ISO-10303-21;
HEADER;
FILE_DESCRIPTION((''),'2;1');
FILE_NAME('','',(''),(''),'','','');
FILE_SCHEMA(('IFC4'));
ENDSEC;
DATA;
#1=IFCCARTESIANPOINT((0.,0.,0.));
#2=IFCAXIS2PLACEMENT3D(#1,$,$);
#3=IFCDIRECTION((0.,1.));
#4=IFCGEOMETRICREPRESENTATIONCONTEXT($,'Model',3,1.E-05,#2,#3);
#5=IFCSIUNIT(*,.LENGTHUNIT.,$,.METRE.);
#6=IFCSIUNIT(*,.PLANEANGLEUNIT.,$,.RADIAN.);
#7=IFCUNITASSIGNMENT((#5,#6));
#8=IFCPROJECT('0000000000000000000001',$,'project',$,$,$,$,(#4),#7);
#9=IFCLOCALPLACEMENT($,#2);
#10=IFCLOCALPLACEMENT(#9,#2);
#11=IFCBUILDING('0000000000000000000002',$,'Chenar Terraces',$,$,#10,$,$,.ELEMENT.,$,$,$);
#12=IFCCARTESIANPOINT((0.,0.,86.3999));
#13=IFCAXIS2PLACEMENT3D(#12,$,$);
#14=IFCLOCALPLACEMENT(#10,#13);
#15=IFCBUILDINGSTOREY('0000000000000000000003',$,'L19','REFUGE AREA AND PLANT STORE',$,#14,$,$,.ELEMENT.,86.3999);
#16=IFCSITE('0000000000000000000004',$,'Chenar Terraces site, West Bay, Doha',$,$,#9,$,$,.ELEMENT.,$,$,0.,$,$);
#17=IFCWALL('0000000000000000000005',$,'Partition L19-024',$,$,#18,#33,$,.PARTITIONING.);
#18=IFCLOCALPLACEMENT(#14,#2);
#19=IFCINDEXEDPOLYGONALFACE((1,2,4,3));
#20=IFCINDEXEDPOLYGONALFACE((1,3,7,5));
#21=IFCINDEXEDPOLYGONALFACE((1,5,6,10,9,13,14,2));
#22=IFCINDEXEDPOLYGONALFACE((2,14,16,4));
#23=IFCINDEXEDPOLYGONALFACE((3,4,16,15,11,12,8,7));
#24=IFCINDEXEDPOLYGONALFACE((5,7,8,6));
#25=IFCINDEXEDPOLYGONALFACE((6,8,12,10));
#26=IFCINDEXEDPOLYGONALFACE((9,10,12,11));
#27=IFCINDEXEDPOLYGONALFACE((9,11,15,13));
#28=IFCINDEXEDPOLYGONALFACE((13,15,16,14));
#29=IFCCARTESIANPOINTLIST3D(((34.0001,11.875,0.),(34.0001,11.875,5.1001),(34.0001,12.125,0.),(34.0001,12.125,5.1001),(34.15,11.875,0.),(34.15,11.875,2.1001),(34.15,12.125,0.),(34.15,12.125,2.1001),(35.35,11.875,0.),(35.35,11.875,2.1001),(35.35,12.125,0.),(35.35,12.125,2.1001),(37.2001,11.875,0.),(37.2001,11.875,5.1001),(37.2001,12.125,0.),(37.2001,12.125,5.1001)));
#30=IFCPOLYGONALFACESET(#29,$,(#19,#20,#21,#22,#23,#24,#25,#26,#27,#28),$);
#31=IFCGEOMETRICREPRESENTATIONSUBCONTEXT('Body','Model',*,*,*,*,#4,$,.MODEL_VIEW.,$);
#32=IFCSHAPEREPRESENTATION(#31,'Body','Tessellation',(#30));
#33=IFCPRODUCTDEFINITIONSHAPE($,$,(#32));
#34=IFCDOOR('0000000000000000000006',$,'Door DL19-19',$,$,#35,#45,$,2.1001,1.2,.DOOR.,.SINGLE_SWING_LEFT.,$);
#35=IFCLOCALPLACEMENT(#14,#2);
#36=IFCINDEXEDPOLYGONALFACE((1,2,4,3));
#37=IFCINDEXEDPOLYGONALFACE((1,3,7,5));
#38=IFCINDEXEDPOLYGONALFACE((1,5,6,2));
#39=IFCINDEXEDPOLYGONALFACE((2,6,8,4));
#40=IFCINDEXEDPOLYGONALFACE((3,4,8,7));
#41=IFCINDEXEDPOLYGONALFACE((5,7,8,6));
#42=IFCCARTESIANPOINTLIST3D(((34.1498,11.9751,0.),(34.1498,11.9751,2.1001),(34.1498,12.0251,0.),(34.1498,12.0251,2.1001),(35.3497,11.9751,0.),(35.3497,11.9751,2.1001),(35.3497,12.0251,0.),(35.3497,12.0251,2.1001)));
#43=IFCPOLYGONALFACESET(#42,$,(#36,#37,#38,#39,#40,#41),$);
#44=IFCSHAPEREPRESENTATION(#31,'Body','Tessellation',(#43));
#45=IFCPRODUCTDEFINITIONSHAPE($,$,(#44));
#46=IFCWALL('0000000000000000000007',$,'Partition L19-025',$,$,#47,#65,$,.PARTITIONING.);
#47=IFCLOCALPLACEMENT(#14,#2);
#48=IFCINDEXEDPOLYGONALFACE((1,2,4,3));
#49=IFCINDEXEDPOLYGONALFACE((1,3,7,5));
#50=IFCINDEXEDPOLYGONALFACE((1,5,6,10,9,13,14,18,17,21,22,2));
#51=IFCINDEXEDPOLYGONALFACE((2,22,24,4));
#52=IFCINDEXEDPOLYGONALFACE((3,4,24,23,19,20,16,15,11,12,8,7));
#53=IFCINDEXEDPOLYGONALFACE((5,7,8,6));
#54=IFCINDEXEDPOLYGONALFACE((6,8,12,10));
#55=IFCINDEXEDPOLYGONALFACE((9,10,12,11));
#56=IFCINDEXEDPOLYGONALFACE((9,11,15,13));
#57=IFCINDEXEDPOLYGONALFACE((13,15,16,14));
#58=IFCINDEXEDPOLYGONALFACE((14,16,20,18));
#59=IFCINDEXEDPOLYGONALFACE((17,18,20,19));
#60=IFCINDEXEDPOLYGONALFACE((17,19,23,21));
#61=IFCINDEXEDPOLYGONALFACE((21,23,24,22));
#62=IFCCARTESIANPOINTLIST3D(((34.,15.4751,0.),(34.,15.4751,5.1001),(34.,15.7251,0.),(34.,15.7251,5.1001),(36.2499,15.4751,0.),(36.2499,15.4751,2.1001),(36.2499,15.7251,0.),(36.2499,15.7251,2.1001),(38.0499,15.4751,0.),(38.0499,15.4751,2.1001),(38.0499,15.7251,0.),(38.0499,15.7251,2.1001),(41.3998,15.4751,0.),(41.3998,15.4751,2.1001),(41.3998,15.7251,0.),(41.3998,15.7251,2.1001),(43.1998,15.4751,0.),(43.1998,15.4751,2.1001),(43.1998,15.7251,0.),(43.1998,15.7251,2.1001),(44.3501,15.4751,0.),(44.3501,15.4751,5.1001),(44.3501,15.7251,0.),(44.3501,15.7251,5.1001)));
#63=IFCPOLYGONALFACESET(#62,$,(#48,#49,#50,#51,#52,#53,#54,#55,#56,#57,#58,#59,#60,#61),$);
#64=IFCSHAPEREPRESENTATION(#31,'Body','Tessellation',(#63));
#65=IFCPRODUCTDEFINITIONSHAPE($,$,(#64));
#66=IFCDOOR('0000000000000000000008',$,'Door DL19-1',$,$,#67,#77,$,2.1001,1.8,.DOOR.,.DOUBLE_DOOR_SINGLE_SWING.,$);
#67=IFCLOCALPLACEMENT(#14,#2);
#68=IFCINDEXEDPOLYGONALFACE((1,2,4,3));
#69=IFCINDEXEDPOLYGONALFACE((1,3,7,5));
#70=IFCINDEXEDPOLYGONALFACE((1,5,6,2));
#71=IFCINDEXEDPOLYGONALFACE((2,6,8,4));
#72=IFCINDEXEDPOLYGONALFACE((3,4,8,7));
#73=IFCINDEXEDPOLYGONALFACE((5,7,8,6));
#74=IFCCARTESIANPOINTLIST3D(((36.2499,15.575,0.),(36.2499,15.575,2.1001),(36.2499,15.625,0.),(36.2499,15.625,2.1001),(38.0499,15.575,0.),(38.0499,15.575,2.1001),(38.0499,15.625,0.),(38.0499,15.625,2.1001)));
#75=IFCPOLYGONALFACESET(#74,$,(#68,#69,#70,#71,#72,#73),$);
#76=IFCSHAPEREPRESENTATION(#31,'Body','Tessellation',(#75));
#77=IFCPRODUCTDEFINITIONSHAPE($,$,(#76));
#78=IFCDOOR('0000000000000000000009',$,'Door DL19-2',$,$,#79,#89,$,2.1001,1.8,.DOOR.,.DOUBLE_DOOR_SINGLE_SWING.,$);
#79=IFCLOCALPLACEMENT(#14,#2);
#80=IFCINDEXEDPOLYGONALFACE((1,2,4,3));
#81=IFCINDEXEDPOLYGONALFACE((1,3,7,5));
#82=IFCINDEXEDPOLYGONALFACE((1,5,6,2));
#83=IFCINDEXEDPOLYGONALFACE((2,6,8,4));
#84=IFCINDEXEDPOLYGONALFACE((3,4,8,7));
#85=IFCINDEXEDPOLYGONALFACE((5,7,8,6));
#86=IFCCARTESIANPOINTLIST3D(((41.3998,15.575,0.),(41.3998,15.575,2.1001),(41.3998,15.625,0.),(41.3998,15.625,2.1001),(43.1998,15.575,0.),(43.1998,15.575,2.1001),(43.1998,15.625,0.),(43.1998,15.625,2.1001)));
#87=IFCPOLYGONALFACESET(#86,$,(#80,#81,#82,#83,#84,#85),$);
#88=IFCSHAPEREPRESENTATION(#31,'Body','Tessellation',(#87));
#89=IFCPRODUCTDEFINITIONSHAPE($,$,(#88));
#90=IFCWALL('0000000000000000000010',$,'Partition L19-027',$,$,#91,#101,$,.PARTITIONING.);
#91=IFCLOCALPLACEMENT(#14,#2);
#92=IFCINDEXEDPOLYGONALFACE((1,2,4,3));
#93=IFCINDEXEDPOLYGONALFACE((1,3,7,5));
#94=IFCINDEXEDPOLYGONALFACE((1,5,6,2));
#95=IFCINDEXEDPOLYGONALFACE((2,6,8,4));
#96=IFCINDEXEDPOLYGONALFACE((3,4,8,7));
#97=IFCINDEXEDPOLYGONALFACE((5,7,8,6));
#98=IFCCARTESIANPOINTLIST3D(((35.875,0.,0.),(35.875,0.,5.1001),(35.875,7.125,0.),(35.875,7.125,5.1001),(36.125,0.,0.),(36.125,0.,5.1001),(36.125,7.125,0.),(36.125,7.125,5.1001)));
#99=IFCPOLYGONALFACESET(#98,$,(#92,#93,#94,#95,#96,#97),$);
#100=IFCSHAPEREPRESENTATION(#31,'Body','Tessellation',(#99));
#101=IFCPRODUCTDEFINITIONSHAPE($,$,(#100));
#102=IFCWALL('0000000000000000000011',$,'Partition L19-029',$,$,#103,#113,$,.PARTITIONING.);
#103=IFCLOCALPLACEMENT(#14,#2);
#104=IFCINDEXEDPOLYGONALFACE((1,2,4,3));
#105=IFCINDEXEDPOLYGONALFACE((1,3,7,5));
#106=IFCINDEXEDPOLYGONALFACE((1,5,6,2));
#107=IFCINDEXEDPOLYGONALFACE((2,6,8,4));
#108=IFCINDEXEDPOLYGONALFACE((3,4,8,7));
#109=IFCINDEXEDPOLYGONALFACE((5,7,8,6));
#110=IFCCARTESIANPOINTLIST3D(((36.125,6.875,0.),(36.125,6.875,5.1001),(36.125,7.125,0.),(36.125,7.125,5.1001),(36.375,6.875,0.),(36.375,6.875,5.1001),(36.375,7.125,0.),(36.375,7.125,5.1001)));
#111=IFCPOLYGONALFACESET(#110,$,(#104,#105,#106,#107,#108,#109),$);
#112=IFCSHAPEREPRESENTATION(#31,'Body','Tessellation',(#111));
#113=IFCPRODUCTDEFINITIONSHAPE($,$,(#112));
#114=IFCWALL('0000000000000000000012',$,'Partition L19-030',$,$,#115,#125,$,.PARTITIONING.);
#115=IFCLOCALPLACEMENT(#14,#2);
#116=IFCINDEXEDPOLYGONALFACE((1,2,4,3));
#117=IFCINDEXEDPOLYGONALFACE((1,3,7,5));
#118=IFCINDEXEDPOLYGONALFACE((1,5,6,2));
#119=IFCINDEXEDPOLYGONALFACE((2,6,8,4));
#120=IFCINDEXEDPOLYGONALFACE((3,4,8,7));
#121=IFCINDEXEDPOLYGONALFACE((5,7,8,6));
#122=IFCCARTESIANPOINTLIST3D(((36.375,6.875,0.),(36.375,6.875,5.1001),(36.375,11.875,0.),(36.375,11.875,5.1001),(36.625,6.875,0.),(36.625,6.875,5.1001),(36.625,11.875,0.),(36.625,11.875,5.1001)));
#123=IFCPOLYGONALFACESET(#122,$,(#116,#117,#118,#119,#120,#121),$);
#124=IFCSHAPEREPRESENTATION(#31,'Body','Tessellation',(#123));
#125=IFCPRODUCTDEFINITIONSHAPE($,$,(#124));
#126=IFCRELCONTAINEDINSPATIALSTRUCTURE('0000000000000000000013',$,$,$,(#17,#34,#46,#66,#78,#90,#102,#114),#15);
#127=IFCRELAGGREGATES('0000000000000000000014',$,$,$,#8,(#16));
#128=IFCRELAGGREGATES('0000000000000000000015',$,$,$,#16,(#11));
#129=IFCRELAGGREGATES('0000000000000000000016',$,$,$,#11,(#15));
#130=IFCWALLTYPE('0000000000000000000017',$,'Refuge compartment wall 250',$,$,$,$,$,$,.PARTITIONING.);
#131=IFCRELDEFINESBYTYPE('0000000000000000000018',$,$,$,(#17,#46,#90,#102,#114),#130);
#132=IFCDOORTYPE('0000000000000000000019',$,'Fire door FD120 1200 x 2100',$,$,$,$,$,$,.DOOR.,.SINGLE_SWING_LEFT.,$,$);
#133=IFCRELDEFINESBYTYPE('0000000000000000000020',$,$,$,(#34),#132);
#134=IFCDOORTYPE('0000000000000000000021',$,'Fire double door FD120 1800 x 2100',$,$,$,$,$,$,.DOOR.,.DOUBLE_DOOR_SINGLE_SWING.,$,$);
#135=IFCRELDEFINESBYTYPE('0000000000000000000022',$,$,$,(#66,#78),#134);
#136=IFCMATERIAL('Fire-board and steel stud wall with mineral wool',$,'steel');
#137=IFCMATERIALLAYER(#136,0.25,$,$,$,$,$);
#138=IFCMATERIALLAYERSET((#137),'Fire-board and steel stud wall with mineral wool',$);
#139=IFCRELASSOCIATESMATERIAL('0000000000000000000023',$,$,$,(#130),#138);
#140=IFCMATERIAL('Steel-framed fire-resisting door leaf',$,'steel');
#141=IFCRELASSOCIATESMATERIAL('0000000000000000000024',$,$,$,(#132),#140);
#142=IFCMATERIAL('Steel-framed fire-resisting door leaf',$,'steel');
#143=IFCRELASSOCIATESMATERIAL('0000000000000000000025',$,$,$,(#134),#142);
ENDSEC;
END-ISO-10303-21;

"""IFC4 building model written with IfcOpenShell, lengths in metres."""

from ifc_helpers import new_model, si_unit, direction, frame, frame_2d, origin, place, context, subcontext, project, spatial, rectangle, extrude, material, layer, layer_set, type_object, element, fill, save


model = new_model("IFC4")

# Units and contexts
model_context = context("Model", 3, precision=1e-05, world=origin(), true_north=direction((0.0, 1.0)))
body_context = subcontext(model_context, "Body", "Model", "MODEL_VIEW")
ifc_project = project(units=[si_unit("LENGTHUNIT", "METRE"), si_unit("PLANEANGLEUNIT", "RADIAN")], contexts=[model_context])

# Site, building, storey
site_placement = place(None, origin())
site = spatial("IfcSite", under=ifc_project, at=site_placement, Name="Chenar Terraces site, West Bay, Doha", CompositionType="ELEMENT", RefElevation=0.0)
building_placement = place(site_placement, origin())
building = spatial("IfcBuilding", under=site, at=building_placement, Name="Chenar Terraces", CompositionType="ELEMENT")
storey_placement = place(building_placement, frame((0.0, 0.0, 86.3999)))
storey = spatial("IfcBuildingStorey", under=building, at=storey_placement, Name="L19", Description="REFUGE AREA AND PLANT STORE", CompositionType="ELEMENT", Elevation=86.3999)

# Wall, opening, door
ifc_material_1 = material(Name="Fire-board and steel stud wall with mineral wool", Category="steel")
ifc_layer_1 = layer(ifc_material_1, 0.25)
ifc_layer_set_1 = layer_set([ifc_layer_1], Name="Fire-board and steel stud wall with mineral wool")
wall_type_1 = type_object("IfcWallType", Name="Refuge compartment wall 250", PredefinedType="PARTITIONING", material=ifc_layer_set_1)
wall_1_placement = place(storey_placement, frame((34.0, 12.0, 0.0), z_axis=(0.0, 0.0, 1.0), x_axis=(1.0, 0.0, 0.0)))
wall_1 = element("IfcWall", 1, at=wall_1_placement, inside=storey, type_object=wall_type_1, Name="Partition L19-024", PredefinedType="PARTITIONING", context=body_context, shape_type="SweptSolid", body=[
    extrude(rectangle(XDim=3.2, YDim=0.25, at=frame_2d((1.6001, 0.0))), origin(), (0.0, 0.0, 1.0), 5.1001),
])
opening_1_placement = place(wall_1_placement, frame((0.1499, 0.0, 0.0)))
opening_1 = element("IfcOpeningElement", 2, at=opening_1_placement, cuts=wall_1, PredefinedType="OPENING", context=body_context, shape_type="SweptSolid", body=[
    extrude(rectangle(XDim=1.2, YDim=2.1001, at=frame_2d((0.6001, 1.05))), frame((0.0, 0.135, 0.0), z_axis=(0.0, -1.0, 0.0), x_axis=(1.0, 0.0, 0.0)), (0.0, 0.0, 1.0), 0.27),
])
ifc_material_2 = material(Name="Steel-framed fire-resisting door leaf", Category="steel")
door_type_1 = type_object("IfcDoorType", Name="Fire door FD120 1200 x 2100", OperationType="SINGLE_SWING_LEFT", PredefinedType="DOOR", material=ifc_material_2)
door_1_placement = place(opening_1_placement, frame((1.2, 0.0, 0.0), z_axis=(0.0, 0.0, 1.0), x_axis=(-1.0, 0.0, 0.0)))
door_1 = element("IfcDoor", 3, at=door_1_placement, inside=storey, type_object=door_type_1, Name="Door DL19-19", OperationType="SINGLE_SWING_LEFT", OverallHeight=2.1001, OverallWidth=1.2, PredefinedType="DOOR", context=body_context, shape_type="SweptSolid", body=[
    extrude(rectangle(XDim=1.2, YDim=2.1001, at=frame_2d((0.6001, 1.05))), frame((0.0, 0.0249, 0.0), z_axis=(0.0, -1.0, 0.0), x_axis=(1.0, 0.0, 0.0)), (0.0, 0.0, 1.0), 0.05),
])
fill(opening_1, door_1)

# Wall, openings, doors
wall_2_placement = place(storey_placement, frame((34.0, 15.6001, 0.0), z_axis=(0.0, 0.0, 1.0), x_axis=(1.0, 0.0, 0.0)))
wall_2 = element("IfcWall", 4, at=wall_2_placement, inside=storey, type_object=wall_type_1, Name="Partition L19-025", PredefinedType="PARTITIONING", context=body_context, shape_type="SweptSolid", body=[
    extrude(rectangle(XDim=10.3501, YDim=0.25, at=frame_2d((5.175, 0.0))), origin(), (0.0, 0.0, 1.0), 5.1001),
])
opening_2_placement = place(wall_2_placement, frame((2.25, 0.0, 0.0)))
opening_2 = element("IfcOpeningElement", 5, at=opening_2_placement, cuts=wall_2, PredefinedType="OPENING", context=body_context, shape_type="SweptSolid", body=[
    extrude(rectangle(XDim=1.8, YDim=2.1001, at=frame_2d((0.8999, 1.05))), frame((0.0, 0.135, 0.0), z_axis=(0.0, -1.0, 0.0), x_axis=(1.0, 0.0, 0.0)), (0.0, 0.0, 1.0), 0.27),
])
opening_3_placement = place(wall_2_placement, frame((7.3999, 0.0, 0.0)))
opening_3 = element("IfcOpeningElement", 6, at=opening_3_placement, cuts=wall_2, PredefinedType="OPENING", context=body_context, shape_type="SweptSolid", body=[
    extrude(rectangle(XDim=1.8, YDim=2.1001, at=frame_2d((0.8999, 1.05))), frame((0.0, 0.135, 0.0), z_axis=(0.0, -1.0, 0.0), x_axis=(1.0, 0.0, 0.0)), (0.0, 0.0, 1.0), 0.27),
])
ifc_material_3 = material(Name="Steel-framed fire-resisting door leaf", Category="steel")
door_type_2 = type_object("IfcDoorType", Name="Fire double door FD120 1800 x 2100", OperationType="DOUBLE_DOOR_SINGLE_SWING", PredefinedType="DOOR", material=ifc_material_3)
door_2_placement = place(opening_2_placement, origin())
door_2 = element("IfcDoor", 7, at=door_2_placement, inside=storey, type_object=door_type_2, Name="Door DL19-1", OperationType="DOUBLE_DOOR_SINGLE_SWING", OverallHeight=2.1001, OverallWidth=1.8, PredefinedType="DOOR", context=body_context, shape_type="SweptSolid", body=[
    extrude(rectangle(XDim=1.8, YDim=2.1001, at=frame_2d((0.8999, 1.05))), frame((0.0, 0.0249, 0.0), z_axis=(0.0, -1.0, 0.0), x_axis=(1.0, 0.0, 0.0)), (0.0, 0.0, 1.0), 0.05),
])
fill(opening_2, door_2)
door_3_placement = place(opening_3_placement, origin())
door_3 = element("IfcDoor", 8, at=door_3_placement, inside=storey, type_object=door_type_2, Name="Door DL19-2", OperationType="DOUBLE_DOOR_SINGLE_SWING", OverallHeight=2.1001, OverallWidth=1.8, PredefinedType="DOOR", context=body_context, shape_type="SweptSolid", body=[
    extrude(rectangle(XDim=1.8, YDim=2.1001, at=frame_2d((0.8999, 1.05))), frame((0.0, 0.0249, 0.0), z_axis=(0.0, -1.0, 0.0), x_axis=(1.0, 0.0, 0.0)), (0.0, 0.0, 1.0), 0.05),
])
fill(opening_3, door_3)

# Walls
wall_3_placement = place(storey_placement, frame((36.0, 0.0, 0.0), z_axis=(0.0, 0.0, 1.0), x_axis=(0.0, 1.0, 0.0)))
element("IfcWall", 9, at=wall_3_placement, inside=storey, type_object=wall_type_1, Name="Partition L19-027", PredefinedType="PARTITIONING", context=body_context, shape_type="SweptSolid", body=[
    extrude(rectangle(XDim=7.125, YDim=0.25, at=frame_2d((3.5625, 0.0))), origin(), (0.0, 0.0, 1.0), 5.1001),
])
wall_4_placement = place(storey_placement, frame((36.125, 7.0, 0.0), z_axis=(0.0, 0.0, 1.0), x_axis=(1.0, 0.0, 0.0)))
element("IfcWall", 10, at=wall_4_placement, inside=storey, type_object=wall_type_1, Name="Partition L19-029", PredefinedType="PARTITIONING", context=body_context, shape_type="SweptSolid", body=[
    extrude(rectangle(XDim=0.25, YDim=0.25, at=frame_2d((0.125, 0.0))), origin(), (0.0, 0.0, 1.0), 5.1001),
])
wall_5_placement = place(storey_placement, frame((36.5, 6.875, 0.0), z_axis=(0.0, 0.0, 1.0), x_axis=(0.0, 1.0, 0.0)))
element("IfcWall", 11, at=wall_5_placement, inside=storey, type_object=wall_type_1, Name="Partition L19-030", PredefinedType="PARTITIONING", context=body_context, shape_type="SweptSolid", body=[
    extrude(rectangle(XDim=5.0, YDim=0.25, at=frame_2d((2.5, 0.0))), origin(), (0.0, 0.0, 1.0), 5.1001),
])

save(model, "model.ifc")
